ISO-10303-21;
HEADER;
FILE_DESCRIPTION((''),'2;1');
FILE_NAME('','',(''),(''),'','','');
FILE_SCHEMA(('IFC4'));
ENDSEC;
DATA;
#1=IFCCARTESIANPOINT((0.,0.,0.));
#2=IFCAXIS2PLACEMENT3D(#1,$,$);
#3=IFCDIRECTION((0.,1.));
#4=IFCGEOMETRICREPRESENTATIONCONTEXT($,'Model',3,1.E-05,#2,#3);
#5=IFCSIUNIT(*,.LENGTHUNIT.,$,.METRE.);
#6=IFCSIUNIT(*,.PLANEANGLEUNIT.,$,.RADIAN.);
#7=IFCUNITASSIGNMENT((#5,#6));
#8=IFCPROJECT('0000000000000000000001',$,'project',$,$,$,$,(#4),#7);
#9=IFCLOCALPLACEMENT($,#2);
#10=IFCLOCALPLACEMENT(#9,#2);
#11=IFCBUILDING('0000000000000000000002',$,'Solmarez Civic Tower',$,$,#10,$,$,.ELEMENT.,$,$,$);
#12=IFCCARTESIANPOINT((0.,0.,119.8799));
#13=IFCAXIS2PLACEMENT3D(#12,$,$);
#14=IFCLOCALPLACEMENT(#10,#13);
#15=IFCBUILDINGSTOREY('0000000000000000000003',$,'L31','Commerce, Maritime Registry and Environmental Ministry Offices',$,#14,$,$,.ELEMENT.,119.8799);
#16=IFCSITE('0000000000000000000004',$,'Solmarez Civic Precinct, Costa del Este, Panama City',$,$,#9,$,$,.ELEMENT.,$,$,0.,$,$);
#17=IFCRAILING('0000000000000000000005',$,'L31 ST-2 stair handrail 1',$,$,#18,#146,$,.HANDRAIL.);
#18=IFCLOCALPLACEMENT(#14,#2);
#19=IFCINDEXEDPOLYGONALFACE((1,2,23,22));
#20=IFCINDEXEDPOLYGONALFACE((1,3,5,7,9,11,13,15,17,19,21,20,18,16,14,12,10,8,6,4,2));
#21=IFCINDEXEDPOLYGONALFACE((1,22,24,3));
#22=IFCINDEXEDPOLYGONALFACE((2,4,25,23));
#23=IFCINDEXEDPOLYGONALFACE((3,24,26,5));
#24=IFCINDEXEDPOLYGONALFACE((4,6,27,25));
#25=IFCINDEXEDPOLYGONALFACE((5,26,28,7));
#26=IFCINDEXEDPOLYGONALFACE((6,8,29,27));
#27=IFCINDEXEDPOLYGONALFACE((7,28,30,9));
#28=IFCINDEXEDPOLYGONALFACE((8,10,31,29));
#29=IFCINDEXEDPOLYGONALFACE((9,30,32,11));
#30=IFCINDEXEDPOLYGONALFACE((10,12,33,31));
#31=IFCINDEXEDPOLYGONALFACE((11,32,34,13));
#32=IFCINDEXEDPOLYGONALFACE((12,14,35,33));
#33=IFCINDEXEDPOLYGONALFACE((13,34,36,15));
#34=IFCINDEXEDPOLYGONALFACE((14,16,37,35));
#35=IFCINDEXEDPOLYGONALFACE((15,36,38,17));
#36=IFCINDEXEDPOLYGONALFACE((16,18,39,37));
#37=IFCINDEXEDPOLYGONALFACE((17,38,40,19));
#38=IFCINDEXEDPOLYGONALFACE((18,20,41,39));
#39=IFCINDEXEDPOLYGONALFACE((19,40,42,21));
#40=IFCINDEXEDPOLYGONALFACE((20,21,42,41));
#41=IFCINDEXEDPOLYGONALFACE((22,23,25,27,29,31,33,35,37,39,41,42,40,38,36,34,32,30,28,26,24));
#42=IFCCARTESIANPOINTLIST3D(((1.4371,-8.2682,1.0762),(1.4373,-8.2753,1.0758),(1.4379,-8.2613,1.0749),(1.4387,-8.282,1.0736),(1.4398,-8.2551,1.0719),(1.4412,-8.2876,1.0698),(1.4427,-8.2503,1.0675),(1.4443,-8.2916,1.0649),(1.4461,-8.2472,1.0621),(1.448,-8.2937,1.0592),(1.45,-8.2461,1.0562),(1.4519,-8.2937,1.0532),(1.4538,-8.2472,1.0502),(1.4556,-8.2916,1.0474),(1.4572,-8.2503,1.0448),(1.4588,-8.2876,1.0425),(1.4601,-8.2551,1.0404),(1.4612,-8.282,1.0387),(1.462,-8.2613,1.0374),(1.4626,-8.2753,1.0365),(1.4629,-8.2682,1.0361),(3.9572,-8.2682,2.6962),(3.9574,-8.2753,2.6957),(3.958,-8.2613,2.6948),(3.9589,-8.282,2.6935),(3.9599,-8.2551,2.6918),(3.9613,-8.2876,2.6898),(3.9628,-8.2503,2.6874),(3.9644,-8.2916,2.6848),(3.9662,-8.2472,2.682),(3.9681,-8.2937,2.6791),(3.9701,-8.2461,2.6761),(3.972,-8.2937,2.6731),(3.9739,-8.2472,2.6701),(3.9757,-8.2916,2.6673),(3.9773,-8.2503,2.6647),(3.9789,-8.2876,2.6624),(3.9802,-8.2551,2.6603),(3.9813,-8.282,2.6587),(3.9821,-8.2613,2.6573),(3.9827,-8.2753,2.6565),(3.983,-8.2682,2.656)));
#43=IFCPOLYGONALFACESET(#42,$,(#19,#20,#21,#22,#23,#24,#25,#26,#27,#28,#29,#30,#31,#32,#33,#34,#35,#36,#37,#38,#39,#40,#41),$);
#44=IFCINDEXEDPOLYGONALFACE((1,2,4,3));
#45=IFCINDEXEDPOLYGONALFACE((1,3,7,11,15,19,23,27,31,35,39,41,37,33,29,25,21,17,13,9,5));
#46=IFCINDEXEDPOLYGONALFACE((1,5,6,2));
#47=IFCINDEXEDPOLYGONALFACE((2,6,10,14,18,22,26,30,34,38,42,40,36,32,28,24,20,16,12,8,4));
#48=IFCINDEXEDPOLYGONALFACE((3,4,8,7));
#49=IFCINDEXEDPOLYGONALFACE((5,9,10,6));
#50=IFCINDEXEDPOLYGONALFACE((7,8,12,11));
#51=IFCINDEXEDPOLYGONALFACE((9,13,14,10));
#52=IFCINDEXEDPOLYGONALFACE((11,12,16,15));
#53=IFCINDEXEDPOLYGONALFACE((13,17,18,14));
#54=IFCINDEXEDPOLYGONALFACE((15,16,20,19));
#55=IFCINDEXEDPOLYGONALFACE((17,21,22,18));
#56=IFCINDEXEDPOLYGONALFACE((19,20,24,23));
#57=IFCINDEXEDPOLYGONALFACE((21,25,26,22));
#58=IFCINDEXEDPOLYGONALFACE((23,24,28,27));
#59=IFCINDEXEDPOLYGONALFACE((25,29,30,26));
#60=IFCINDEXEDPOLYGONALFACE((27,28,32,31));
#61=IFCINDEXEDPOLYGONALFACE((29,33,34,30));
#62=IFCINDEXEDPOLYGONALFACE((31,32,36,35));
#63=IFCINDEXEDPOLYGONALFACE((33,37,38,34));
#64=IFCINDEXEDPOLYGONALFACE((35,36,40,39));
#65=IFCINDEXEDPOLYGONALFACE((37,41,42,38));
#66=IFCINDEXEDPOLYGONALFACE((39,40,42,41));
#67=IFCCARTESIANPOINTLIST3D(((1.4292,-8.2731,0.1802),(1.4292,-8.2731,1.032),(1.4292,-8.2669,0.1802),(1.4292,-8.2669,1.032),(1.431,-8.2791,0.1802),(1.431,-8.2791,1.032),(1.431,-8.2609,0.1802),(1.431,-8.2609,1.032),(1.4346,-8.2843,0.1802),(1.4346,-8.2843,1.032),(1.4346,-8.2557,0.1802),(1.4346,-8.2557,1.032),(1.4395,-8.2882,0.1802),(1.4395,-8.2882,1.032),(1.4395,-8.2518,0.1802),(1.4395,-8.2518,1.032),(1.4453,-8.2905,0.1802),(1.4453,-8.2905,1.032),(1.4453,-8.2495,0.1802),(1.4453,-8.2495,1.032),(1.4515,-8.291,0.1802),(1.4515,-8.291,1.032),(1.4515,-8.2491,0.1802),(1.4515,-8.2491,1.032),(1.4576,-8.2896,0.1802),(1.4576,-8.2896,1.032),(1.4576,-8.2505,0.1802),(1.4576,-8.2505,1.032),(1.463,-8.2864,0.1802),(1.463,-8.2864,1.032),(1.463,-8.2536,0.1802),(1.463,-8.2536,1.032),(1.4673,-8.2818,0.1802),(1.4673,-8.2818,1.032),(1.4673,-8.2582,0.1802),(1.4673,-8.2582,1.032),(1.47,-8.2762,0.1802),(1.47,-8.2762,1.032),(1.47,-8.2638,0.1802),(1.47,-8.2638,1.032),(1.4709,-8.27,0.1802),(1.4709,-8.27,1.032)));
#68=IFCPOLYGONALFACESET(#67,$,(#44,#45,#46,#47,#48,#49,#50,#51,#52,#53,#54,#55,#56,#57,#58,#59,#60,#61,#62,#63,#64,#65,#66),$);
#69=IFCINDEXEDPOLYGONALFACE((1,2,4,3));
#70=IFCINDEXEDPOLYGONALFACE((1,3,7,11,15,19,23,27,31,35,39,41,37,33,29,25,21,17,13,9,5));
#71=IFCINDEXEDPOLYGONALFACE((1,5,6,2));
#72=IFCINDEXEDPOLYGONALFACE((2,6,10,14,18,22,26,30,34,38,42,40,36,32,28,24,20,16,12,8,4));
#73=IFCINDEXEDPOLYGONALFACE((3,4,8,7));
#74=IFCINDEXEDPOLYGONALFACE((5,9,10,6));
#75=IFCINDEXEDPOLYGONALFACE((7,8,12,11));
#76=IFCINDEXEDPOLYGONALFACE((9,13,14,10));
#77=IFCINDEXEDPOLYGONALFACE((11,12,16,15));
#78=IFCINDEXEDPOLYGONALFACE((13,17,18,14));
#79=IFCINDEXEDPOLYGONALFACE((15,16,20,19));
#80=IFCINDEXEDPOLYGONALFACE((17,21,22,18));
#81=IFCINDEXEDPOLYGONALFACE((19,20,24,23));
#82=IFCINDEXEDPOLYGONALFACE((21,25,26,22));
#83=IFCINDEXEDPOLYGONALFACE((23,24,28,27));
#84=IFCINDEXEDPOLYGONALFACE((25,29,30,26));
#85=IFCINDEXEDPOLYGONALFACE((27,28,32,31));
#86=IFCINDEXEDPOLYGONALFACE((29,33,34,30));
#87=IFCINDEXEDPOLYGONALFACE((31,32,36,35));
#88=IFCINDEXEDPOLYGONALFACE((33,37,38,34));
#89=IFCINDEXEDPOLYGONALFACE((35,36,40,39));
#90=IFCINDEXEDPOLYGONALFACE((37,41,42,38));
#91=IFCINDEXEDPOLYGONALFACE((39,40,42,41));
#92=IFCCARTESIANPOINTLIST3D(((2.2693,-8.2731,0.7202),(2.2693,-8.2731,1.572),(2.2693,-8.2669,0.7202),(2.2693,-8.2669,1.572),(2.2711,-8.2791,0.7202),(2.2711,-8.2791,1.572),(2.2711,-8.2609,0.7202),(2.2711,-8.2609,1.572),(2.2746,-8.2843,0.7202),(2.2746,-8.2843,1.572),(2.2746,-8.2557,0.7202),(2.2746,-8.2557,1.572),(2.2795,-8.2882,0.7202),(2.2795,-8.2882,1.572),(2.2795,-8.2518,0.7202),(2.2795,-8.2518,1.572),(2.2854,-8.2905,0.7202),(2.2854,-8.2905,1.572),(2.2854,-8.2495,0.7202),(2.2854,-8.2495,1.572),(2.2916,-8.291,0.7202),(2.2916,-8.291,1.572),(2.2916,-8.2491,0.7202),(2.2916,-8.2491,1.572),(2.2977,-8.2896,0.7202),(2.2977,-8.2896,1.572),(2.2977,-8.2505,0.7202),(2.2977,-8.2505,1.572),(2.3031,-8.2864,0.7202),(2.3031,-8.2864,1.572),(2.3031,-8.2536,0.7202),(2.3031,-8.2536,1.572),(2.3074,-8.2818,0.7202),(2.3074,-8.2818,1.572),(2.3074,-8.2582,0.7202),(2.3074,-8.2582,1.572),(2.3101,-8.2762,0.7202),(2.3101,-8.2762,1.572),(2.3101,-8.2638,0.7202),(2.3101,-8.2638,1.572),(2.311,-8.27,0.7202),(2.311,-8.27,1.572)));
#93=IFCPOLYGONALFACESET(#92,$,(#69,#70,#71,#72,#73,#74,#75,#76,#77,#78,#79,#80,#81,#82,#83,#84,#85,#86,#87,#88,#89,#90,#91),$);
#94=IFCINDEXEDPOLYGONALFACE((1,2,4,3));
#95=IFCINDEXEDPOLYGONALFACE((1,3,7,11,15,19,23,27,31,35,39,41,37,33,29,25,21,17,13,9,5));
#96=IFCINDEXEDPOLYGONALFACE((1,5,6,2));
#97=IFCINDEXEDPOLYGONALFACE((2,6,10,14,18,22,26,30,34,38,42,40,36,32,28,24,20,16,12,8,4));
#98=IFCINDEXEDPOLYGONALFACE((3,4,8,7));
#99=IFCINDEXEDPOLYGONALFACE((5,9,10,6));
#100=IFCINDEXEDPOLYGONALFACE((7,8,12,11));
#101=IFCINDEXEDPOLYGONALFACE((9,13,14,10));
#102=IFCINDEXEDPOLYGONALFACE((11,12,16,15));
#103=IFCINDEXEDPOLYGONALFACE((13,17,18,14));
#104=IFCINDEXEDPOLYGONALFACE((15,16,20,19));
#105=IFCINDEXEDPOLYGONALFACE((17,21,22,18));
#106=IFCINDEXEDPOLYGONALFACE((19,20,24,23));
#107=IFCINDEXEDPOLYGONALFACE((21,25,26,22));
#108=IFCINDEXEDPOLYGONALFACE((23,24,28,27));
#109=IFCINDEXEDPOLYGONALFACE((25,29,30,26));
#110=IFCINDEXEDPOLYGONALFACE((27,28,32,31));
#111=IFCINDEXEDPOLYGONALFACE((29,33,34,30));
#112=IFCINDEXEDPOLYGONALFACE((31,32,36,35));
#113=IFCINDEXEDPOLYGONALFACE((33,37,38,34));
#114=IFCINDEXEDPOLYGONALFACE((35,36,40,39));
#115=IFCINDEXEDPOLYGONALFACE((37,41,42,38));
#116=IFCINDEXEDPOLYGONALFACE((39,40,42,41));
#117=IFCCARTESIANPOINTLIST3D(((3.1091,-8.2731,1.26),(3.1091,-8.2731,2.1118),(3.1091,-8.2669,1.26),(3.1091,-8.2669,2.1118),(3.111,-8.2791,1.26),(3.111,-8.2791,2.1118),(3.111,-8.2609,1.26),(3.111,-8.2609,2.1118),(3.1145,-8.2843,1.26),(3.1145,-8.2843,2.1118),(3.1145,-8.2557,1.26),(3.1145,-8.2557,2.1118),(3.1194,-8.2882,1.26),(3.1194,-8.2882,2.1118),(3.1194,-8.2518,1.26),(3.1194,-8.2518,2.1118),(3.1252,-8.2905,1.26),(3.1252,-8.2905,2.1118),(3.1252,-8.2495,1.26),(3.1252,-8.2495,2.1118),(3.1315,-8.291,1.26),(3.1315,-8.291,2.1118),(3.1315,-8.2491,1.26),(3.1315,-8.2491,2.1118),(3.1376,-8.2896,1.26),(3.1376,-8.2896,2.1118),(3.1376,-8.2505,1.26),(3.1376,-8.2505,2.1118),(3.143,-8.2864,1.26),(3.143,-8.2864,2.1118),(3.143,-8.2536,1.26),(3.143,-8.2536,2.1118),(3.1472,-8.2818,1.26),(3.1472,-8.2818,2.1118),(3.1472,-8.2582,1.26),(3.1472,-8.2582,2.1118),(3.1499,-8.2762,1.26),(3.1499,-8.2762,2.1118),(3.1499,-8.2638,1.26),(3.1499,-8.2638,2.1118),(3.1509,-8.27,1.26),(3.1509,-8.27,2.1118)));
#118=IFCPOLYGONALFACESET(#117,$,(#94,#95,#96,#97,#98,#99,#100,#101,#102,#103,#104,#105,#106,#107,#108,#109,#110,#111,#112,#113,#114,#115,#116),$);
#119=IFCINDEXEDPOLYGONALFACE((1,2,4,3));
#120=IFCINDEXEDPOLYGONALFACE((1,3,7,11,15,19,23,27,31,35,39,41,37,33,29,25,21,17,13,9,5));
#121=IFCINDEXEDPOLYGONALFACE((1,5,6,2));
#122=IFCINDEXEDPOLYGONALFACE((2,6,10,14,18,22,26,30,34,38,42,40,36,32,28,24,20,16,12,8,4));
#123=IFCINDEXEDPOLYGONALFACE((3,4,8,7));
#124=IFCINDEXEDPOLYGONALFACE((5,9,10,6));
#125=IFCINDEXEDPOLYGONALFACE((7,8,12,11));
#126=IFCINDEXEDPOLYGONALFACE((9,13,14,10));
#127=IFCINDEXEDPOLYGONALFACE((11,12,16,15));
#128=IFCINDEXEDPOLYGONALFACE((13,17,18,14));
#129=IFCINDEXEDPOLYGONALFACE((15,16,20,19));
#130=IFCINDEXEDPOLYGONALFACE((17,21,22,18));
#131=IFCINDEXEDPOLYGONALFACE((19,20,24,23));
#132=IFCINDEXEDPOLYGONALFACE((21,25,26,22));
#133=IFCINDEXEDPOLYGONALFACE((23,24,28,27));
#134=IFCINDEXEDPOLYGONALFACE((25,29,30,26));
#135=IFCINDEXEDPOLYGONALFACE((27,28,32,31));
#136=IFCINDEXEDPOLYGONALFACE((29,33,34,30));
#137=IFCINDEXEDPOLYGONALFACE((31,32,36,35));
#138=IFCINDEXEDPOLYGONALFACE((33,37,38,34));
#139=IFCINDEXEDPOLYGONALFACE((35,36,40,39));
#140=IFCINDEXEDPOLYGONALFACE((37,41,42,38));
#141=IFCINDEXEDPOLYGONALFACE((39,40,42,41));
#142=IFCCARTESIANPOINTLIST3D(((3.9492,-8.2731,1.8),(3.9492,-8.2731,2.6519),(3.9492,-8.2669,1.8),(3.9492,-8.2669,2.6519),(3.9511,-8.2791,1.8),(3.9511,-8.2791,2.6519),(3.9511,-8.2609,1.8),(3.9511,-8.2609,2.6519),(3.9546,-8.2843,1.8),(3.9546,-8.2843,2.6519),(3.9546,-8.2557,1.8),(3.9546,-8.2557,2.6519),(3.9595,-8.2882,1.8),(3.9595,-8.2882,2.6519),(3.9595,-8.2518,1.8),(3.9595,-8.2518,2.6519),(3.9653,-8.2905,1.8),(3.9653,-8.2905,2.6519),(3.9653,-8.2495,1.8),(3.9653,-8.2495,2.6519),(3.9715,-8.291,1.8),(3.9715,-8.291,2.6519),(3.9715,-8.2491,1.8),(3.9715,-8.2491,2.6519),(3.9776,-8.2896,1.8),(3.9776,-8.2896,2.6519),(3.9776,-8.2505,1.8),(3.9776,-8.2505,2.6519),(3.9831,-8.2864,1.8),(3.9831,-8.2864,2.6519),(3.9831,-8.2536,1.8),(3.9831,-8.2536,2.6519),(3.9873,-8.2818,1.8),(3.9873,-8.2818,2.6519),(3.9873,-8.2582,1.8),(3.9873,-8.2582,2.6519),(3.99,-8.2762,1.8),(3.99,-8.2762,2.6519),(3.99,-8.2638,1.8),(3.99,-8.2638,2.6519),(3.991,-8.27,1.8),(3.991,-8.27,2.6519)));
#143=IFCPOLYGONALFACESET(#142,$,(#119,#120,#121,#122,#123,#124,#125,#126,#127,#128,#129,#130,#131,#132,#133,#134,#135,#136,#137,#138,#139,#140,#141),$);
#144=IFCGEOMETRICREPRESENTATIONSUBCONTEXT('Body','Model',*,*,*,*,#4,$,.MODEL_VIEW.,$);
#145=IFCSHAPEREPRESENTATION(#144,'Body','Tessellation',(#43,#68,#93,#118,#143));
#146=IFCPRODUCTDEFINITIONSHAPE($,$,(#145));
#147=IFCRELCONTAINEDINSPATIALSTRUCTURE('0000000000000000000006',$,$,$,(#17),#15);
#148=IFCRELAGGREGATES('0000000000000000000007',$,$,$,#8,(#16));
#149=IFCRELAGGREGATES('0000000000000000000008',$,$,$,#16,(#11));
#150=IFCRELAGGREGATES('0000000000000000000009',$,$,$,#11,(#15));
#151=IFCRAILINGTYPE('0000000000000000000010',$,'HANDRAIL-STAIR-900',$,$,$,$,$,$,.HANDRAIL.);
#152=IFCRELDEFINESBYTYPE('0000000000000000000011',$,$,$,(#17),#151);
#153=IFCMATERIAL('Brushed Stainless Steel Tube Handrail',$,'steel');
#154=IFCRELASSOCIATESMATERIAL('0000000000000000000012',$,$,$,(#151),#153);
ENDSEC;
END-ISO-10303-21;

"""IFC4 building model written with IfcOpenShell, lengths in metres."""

from ifc_helpers import new_model, si_unit, direction, frame, origin, origin_2d, place, context, subcontext, project, spatial, circle, extrude, material, type_object, element, save


model = new_model("IFC4")

# Units and contexts
model_context = context("Model", 3, precision=1e-05, world=origin(), true_north=direction((0.0, 1.0)))
body_context = subcontext(model_context, "Body", "Model", "MODEL_VIEW")
ifc_project = project(units=[si_unit("LENGTHUNIT", "METRE"), si_unit("PLANEANGLEUNIT", "RADIAN")], contexts=[model_context])

# Site, building, storey
site_placement = place(None, origin())
site = spatial("IfcSite", under=ifc_project, at=site_placement, Name="Solmarez Civic Precinct, Costa del Este, Panama City", CompositionType="ELEMENT", RefElevation=0.0)
building_placement = place(site_placement, origin())
building = spatial("IfcBuilding", under=site, at=building_placement, Name="Solmarez Civic Tower", CompositionType="ELEMENT")
storey_placement = place(building_placement, frame((0.0, 0.0, 119.8799)))
storey = spatial("IfcBuildingStorey", under=building, at=storey_placement, Name="L31", Description="Commerce, Maritime Registry and Environmental Ministry Offices", CompositionType="ELEMENT", Elevation=119.8799)

# Railing
ifc_material_1 = material(Name="Brushed Stainless Steel Tube Handrail", Category="steel")
railing_type_1 = type_object("IfcRailingType", Name="HANDRAIL-STAIR-900", PredefinedType="HANDRAIL", material=ifc_material_1)
railing_1_placement = place(storey_placement, frame((1.45, -8.27, 0.1802)))
element("IfcRailing", 1, at=railing_1_placement, inside=storey, type_object=railing_type_1, Name="L31 ST-2 stair handrail 1", PredefinedType="HANDRAIL", context=body_context, shape_type="SweptSolid", body=[
    extrude(circle(Radius=0.0239, at=origin_2d()), frame((0.0, 0.0, 0.876), z_axis=(0.8412, 0.0, 0.540725), x_axis=(0.0, 1.0, 0.0)), (0.0, 0.0, 1.0), 2.9958),
    extrude(circle(Radius=0.021, at=origin_2d()), origin(), (0.0, 0.0, 1.0), 0.8518),
    extrude(circle(Radius=0.021, at=origin_2d()), frame((0.8401, 0.0, 0.54)), (0.0, 0.0, 1.0), 0.8518),
    extrude(circle(Radius=0.021, at=origin_2d()), frame((1.6799, 0.0, 1.0798)), (0.0, 0.0, 1.0), 0.8518),
    extrude(circle(Radius=0.021, at=origin_2d()), frame((2.52, 0.0, 1.6199)), (0.0, 0.0, 1.0), 0.8518),
])

save(model, "model.ifc")
